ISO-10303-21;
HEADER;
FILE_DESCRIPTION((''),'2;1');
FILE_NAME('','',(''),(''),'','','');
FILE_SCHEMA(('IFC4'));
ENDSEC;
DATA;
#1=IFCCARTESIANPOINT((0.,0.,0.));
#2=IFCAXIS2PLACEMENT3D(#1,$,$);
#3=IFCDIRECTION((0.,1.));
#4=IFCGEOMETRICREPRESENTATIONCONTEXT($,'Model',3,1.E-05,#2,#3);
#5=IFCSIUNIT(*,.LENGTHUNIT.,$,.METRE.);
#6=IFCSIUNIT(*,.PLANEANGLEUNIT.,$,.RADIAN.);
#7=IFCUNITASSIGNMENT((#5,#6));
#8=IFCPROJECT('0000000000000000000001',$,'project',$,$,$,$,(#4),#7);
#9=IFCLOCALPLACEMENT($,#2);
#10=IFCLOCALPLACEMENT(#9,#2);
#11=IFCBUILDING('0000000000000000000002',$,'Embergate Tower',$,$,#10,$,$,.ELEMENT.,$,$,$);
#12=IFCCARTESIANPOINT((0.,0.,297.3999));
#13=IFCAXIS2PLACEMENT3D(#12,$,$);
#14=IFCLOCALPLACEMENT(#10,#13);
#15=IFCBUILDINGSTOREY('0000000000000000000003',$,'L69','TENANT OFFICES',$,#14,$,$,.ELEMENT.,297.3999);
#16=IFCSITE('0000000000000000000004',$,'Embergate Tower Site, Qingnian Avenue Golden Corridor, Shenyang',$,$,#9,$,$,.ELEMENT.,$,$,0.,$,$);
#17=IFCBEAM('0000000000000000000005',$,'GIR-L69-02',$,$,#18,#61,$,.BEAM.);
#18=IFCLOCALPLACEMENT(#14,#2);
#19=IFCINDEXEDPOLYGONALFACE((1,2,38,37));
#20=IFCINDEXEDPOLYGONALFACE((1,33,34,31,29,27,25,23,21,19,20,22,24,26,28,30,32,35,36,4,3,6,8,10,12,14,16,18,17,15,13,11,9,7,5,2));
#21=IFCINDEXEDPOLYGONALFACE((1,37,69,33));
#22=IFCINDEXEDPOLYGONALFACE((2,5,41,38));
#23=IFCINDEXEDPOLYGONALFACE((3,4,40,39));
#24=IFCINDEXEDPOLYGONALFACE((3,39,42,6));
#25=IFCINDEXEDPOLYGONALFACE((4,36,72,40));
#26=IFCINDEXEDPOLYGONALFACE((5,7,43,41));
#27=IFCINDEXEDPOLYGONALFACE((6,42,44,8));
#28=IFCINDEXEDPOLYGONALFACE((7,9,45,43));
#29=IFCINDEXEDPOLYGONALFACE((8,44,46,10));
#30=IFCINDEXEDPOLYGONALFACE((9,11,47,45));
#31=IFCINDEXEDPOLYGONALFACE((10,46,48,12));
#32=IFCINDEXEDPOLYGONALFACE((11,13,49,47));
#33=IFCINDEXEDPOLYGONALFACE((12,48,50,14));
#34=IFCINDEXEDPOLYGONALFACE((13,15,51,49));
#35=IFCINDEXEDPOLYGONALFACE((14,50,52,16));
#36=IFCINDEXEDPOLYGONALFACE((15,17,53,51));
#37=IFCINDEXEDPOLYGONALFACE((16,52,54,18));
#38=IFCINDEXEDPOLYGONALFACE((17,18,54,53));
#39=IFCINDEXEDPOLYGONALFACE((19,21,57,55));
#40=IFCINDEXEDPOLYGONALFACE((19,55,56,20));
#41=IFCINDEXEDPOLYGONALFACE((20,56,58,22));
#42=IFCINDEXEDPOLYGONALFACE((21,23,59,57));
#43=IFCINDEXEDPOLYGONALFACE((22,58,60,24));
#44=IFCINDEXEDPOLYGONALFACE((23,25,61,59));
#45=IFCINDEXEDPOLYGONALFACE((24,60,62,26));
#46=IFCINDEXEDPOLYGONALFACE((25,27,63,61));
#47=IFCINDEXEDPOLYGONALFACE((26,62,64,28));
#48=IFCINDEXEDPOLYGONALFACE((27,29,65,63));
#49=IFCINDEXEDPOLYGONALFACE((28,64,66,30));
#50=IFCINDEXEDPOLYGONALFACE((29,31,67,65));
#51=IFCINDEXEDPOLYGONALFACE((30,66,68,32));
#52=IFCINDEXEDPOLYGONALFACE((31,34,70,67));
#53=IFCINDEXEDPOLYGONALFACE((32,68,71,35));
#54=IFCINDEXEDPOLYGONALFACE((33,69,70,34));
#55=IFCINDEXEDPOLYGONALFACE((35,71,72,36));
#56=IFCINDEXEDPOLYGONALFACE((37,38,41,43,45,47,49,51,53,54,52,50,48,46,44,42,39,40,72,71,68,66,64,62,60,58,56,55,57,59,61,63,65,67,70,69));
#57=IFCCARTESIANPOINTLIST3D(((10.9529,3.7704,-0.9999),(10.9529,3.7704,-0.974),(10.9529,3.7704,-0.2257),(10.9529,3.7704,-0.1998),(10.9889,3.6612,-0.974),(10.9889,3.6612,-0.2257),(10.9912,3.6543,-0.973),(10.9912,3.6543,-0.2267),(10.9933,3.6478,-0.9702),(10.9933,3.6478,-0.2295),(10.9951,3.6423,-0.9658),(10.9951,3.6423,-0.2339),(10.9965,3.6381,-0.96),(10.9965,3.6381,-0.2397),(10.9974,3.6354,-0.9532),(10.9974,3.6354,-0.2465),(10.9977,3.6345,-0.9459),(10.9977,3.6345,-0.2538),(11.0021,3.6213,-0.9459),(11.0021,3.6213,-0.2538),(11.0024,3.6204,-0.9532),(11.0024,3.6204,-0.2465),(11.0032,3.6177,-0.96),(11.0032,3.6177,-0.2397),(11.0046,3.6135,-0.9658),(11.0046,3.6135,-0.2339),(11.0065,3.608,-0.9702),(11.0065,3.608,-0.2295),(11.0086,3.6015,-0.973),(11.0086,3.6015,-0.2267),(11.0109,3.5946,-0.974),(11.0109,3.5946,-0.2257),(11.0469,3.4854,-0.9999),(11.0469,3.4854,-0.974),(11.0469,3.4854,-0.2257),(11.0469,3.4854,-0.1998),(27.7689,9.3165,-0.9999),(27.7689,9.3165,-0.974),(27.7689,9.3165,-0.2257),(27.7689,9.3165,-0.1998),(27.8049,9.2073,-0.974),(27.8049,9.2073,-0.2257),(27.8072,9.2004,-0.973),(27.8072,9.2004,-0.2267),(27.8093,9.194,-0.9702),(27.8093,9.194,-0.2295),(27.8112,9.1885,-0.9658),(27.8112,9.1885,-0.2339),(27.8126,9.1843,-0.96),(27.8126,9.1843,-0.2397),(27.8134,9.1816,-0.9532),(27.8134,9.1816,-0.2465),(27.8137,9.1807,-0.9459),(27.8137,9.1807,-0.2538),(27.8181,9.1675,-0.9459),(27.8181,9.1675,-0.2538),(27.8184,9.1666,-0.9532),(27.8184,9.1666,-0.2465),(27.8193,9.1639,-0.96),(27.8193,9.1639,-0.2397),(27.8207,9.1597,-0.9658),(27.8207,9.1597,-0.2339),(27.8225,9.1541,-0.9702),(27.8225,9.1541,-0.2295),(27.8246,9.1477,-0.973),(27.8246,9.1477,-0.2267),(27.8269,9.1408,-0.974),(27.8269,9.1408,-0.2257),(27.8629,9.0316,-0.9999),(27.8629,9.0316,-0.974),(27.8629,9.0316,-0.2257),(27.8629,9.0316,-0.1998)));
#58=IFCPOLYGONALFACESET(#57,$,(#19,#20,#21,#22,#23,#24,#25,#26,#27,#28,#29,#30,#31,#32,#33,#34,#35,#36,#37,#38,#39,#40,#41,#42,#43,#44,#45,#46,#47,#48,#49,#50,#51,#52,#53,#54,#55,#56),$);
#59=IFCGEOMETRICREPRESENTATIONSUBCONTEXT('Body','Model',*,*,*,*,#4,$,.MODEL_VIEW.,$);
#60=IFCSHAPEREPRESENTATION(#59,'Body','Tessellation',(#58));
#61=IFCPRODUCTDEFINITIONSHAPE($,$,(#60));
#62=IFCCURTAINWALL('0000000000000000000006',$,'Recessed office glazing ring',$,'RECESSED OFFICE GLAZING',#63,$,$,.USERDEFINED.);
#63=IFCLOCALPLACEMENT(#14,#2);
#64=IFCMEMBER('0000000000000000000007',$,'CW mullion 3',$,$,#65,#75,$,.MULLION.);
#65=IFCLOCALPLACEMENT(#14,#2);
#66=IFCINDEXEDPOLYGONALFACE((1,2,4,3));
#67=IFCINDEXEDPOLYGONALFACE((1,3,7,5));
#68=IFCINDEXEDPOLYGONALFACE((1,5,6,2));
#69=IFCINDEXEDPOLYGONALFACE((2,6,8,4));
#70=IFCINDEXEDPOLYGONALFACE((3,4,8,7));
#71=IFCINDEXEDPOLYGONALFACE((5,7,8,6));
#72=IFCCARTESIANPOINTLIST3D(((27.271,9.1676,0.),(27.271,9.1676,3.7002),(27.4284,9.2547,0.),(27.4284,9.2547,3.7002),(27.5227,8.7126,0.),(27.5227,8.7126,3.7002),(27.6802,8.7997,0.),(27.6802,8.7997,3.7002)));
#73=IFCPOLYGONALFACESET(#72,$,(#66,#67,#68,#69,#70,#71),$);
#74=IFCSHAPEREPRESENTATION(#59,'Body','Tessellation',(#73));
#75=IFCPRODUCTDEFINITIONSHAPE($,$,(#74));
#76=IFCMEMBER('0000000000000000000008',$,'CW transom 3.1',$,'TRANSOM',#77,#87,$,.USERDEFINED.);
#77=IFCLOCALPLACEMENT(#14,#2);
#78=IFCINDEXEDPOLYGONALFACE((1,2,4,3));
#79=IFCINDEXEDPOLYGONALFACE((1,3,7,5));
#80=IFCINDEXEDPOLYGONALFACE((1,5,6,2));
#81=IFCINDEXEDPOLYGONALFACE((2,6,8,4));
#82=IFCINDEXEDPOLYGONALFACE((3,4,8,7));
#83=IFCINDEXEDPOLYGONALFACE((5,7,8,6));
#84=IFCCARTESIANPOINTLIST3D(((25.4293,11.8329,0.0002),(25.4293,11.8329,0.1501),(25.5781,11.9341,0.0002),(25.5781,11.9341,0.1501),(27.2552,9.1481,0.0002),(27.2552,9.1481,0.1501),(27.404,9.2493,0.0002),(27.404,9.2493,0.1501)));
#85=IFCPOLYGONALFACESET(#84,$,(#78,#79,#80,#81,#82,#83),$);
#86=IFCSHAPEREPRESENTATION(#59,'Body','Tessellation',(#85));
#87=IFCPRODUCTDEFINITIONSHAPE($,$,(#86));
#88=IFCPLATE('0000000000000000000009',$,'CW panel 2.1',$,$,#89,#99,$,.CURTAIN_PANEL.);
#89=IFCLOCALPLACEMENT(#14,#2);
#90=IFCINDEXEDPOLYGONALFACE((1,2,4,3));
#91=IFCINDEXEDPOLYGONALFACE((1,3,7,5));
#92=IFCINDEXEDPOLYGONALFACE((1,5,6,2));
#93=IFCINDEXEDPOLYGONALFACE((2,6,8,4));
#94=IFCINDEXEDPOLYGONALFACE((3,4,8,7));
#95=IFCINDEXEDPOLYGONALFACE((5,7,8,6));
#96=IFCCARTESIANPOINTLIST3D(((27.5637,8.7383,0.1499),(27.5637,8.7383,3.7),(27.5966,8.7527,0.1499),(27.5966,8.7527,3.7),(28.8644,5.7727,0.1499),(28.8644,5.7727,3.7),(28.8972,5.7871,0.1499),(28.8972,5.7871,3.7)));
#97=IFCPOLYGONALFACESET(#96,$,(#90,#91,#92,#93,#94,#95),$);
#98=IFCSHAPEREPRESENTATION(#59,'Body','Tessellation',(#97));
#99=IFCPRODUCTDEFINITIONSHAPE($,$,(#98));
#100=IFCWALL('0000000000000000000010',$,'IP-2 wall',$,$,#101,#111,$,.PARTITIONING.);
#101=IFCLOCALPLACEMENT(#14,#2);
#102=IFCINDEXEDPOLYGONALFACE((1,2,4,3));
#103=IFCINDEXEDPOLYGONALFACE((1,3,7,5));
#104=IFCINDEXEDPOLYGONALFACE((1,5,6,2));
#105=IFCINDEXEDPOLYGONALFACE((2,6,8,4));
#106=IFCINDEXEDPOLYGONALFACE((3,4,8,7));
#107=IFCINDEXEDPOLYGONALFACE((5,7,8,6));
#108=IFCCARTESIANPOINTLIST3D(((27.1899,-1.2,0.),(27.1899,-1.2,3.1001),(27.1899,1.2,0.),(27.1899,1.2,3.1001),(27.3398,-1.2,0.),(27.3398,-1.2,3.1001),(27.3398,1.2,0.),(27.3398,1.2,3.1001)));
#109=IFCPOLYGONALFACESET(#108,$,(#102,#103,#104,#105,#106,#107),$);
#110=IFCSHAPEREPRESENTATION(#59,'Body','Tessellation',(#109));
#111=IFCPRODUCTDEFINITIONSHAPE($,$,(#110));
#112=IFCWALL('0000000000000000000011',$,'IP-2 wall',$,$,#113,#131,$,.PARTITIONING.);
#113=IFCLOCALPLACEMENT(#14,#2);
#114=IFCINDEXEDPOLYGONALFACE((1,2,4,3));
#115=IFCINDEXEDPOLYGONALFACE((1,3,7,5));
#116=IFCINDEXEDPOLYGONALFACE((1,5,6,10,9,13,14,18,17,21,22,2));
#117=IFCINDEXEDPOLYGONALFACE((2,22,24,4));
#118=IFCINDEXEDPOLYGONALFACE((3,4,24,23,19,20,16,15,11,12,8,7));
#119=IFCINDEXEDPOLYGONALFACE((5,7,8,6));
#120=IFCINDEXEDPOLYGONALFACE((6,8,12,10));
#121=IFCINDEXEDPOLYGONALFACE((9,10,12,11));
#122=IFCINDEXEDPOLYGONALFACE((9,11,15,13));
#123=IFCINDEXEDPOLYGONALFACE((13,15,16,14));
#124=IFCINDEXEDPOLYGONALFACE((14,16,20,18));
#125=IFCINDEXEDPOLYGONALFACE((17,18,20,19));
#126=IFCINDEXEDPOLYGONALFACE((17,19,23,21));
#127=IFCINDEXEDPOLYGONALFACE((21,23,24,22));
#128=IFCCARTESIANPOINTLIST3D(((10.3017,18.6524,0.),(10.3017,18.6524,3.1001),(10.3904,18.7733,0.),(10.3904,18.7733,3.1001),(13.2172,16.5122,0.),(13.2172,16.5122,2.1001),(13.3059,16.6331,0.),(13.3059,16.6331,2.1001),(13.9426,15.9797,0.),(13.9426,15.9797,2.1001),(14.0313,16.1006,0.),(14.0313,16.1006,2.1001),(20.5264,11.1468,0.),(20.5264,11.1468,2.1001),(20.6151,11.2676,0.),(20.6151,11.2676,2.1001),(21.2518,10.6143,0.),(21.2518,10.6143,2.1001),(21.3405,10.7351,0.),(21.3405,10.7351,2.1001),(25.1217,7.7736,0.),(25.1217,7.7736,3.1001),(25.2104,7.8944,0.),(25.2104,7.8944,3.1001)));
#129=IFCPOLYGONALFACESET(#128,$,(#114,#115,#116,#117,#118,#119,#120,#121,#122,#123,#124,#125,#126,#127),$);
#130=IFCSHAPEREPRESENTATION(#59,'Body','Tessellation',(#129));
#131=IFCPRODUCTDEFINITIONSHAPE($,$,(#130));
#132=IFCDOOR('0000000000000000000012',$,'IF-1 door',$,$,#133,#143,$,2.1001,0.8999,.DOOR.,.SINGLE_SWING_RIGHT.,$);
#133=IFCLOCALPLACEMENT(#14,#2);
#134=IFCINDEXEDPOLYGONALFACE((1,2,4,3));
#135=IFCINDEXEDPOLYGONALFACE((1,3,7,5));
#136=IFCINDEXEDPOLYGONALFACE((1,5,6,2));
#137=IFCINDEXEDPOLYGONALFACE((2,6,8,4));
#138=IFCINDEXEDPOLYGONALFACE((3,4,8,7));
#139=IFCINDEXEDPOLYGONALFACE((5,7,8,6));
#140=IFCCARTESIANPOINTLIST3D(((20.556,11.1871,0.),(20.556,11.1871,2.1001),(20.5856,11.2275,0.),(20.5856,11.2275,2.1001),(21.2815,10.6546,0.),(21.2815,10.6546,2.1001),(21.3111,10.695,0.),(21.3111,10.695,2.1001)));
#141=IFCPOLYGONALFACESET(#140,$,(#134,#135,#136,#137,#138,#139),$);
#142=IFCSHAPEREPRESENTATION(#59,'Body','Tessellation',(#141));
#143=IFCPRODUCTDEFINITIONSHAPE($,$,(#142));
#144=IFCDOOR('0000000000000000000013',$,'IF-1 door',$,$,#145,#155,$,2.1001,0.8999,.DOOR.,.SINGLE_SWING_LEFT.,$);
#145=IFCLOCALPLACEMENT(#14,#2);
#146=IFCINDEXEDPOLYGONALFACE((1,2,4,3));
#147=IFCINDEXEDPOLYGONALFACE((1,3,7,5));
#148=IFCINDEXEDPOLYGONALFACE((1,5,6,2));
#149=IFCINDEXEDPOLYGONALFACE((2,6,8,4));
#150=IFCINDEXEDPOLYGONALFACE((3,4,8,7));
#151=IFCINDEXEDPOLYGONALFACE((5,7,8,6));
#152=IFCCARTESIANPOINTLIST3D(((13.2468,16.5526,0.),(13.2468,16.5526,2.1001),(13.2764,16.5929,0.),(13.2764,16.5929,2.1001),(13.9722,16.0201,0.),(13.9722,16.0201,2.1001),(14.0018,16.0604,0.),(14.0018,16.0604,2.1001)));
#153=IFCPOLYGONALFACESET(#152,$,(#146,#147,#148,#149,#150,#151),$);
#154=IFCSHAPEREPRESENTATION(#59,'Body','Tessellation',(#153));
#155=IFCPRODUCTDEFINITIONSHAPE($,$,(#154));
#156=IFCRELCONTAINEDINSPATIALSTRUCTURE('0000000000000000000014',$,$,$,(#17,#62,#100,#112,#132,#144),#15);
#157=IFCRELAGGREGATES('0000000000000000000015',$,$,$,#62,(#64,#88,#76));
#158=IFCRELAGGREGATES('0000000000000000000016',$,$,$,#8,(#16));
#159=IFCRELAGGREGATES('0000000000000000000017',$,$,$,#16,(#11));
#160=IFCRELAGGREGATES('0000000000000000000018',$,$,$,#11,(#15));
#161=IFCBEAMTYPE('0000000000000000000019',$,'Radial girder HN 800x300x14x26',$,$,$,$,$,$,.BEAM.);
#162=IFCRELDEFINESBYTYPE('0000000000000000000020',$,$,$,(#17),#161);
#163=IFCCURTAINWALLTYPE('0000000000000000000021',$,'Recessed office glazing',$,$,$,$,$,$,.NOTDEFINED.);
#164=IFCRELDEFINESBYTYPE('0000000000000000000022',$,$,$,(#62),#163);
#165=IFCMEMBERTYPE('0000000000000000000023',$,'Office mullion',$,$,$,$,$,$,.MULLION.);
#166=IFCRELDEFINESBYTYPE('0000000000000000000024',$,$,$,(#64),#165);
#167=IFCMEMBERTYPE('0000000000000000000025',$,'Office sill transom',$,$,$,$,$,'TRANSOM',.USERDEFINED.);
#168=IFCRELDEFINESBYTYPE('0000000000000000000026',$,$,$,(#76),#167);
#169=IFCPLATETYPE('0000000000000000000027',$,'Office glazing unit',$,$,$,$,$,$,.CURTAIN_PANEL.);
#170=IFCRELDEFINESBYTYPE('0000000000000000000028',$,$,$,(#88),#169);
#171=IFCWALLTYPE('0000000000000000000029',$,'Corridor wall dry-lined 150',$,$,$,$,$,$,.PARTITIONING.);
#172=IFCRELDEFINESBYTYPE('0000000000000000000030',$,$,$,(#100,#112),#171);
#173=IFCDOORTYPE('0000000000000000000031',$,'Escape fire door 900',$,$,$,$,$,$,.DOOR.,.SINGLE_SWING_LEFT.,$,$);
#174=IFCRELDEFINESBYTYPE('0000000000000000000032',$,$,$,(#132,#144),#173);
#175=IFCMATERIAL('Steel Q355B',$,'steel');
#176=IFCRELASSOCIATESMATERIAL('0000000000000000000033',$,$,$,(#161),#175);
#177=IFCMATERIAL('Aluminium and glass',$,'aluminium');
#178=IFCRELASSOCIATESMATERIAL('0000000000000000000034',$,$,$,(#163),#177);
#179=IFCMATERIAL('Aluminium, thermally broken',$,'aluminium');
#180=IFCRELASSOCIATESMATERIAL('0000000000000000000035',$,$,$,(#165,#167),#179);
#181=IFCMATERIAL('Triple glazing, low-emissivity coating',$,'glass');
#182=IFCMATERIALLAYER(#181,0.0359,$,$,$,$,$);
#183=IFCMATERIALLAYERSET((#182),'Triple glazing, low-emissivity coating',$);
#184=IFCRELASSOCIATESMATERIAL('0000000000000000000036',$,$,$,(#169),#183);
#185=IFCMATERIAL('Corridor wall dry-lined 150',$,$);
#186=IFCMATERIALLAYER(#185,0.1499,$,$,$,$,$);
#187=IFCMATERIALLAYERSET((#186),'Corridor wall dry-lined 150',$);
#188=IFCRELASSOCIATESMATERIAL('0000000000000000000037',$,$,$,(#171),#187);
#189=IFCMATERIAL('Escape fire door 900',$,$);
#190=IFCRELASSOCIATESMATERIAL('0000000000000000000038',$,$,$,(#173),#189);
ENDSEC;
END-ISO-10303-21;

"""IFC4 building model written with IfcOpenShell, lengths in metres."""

from ifc_helpers import new_model, si_unit, direction, frame, frame_2d, origin, origin_2d, place, context, subcontext, project, spatial, rectangle, i_section, extrude, source, transform, mapped, material, layer, layer_set, material_profile, profile_set, type_object, element, fill, aggregate, save


model = new_model("IFC4")

# Units and contexts
model_context = context("Model", 3, precision=1e-05, world=origin(), true_north=direction((0.0, 1.0)))
body_context = subcontext(model_context, "Body", "Model", "MODEL_VIEW")
ifc_project = project(units=[si_unit("LENGTHUNIT", "METRE"), si_unit("PLANEANGLEUNIT", "RADIAN")], contexts=[model_context])

# Site, building, storey
site_placement = place(None, origin())
site = spatial("IfcSite", under=ifc_project, at=site_placement, Name="Embergate Tower Site, Qingnian Avenue Golden Corridor, Shenyang", CompositionType="ELEMENT", RefElevation=0.0)
building_placement = place(site_placement, origin())
building = spatial("IfcBuilding", under=site, at=building_placement, Name="Embergate Tower", CompositionType="ELEMENT")
storey_placement = place(building_placement, frame((0.0, 0.0, 297.3999)))
storey = spatial("IfcBuildingStorey", under=building, at=storey_placement, Name="L69", Description="TENANT OFFICES", CompositionType="ELEMENT", Elevation=297.3999)

# Beam
ifc_material_1 = material(Name="Steel Q355B", Category="steel")
ifc_material_profile_1 = material_profile(ifc_material_1, i_section(OverallWidth=0.3, OverallDepth=0.8, WebThickness=0.0139, FlangeThickness=0.0259, FilletRadius=0.0281, at=origin_2d()), Name="HN 800x300x14x26")
ifc_profile_set_1 = profile_set([ifc_material_profile_1], Name="Steel Q355 grade B")
beam_type = type_object("IfcBeamType", Name="Radial girder HN 800x300x14x26", PredefinedType="BEAM", material=ifc_profile_set_1)
shared_shape_1 = source(origin(), body_context, "Body", "SweptSolid", [
    extrude(i_section(OverallWidth=0.3, OverallDepth=0.8, WebThickness=0.0139, FlangeThickness=0.0259, FilletRadius=0.0281, at=origin_2d()), origin(), (0.0, 0.0, 1.0), 17.707),
])
beam_placement = place(storey_placement, frame((27.8159, 9.1741, -0.5999), z_axis=(-0.949681, -0.313219, 0.0), x_axis=(0.313219, -0.949681, 0.0)))
element("IfcBeam", 1, at=beam_placement, inside=storey, type_object=beam_type, Name="GIR-L69-02", PredefinedType="BEAM", context=body_context, shape_type="MappedRepresentation", body=[
    mapped(shared_shape_1, transform((0.0, 0.0, 0.0))),
])

# Curtain wall, members, plate
ifc_material_2 = material(Name="Aluminium and glass", Category="aluminium")
curtain_wall_type = type_object("IfcCurtainWallType", Name="Recessed office glazing", PredefinedType="NOTDEFINED", material=ifc_material_2)
curtain_wall_placement = place(storey_placement, origin())
curtain_wall = element("IfcCurtainWall", 2, at=curtain_wall_placement, inside=storey, type_object=curtain_wall_type, Name="Recessed office glazing ring", ObjectType="RECESSED OFFICE GLAZING", PredefinedType="USERDEFINED")
ifc_material_3 = material(Name="Aluminium, thermally broken", Category="aluminium")
ifc_material_profile_2 = material_profile(ifc_material_3, rectangle(XDim=0.1799, YDim=0.52, at=origin_2d()), Name="AL 520x180")
ifc_profile_set_2 = profile_set([ifc_material_profile_2], Name="Aluminium, thermally broken")
member_type_1 = type_object("IfcMemberType", Name="Office mullion", PredefinedType="MULLION", material=ifc_profile_set_2)
shared_shape_2 = source(origin(), body_context, "Body", "SweptSolid", [
    extrude(rectangle(XDim=0.1799, YDim=0.52, at=origin_2d()), origin(), (0.0, 0.0, 1.0), 3.7002),
])
member_1_placement = place(storey_placement, frame((27.4756, 8.9836, 0.0), z_axis=(0.0, 0.0, 1.0), x_axis=(-0.874993, -0.484135, 0.0)))
member_1 = element("IfcMember", 3, at=member_1_placement, type_object=member_type_1, Name="CW mullion 3", PredefinedType="MULLION", context=body_context, shape_type="MappedRepresentation", body=[
    mapped(shared_shape_2, transform((0.0, 0.0, 0.0))),
])
ifc_material_profile_3 = material_profile(ifc_material_3, rectangle(XDim=0.1799, YDim=0.1499, at=origin_2d()), Name="AL 150x180")
ifc_profile_set_3 = profile_set([ifc_material_profile_3], Name="Aluminium, thermally broken")
member_type_2 = type_object("IfcMemberType", Name="Office sill transom", ElementType="TRANSOM", PredefinedType="USERDEFINED", material=ifc_profile_set_3)
shared_shape_3 = source(origin(), body_context, "Body", "SweptSolid", [
    extrude(rectangle(XDim=0.1799, YDim=0.1499, at=origin_2d()), origin(), (0.0, 0.0, 1.0), 3.2468),
])
member_2_placement = place(storey_placement, frame((27.3296, 9.1987, 0.0752), z_axis=(-0.562363, 0.82689, 0.0), x_axis=(-0.82689, -0.562363, 0.0)))
member_2 = element("IfcMember", 4, at=member_2_placement, type_object=member_type_2, Name="CW transom 3.1", ObjectType="TRANSOM", PredefinedType="USERDEFINED", context=body_context, shape_type="MappedRepresentation", body=[
    mapped(shared_shape_3, transform((0.0, 0.0, 0.0))),
])
ifc_material_4 = material(Name="Triple glazing, low-emissivity coating", Category="glass")
ifc_layer_1 = layer(ifc_material_4, 0.0359)
ifc_layer_set_1 = layer_set([ifc_layer_1], Name="Triple glazing, low-emissivity coating")
plate_type = type_object("IfcPlateType", Name="Office glazing unit", PredefinedType="CURTAIN_PANEL", material=ifc_layer_set_1)
shared_shape_4 = source(origin(), body_context, "Body", "SweptSolid", [
    extrude(rectangle(XDim=3.2383, YDim=0.0359, at=origin_2d()), origin(), (0.0, 0.0, 1.0), 3.55),
])
plate_placement = place(storey_placement, frame((28.2305, 7.2627, 0.1499), z_axis=(0.0, 0.0, 1.0), x_axis=(-0.401654, 0.915792, 0.0)))
plate = element("IfcPlate", 5, at=plate_placement, type_object=plate_type, Name="CW panel 2.1", PredefinedType="CURTAIN_PANEL", context=body_context, shape_type="MappedRepresentation", body=[
    mapped(shared_shape_4, transform((0.0, 0.0, 0.0))),
])
aggregate(curtain_wall, [member_1, plate, member_2])

# Wall
ifc_material_5 = material(Name="Corridor wall dry-lined 150")
ifc_layer_2 = layer(ifc_material_5, 0.1499)
ifc_layer_set_2 = layer_set([ifc_layer_2], Name="Corridor wall dry-lined 150")
wall_type_1 = type_object("IfcWallType", Name="Corridor wall dry-lined 150", PredefinedType="PARTITIONING", material=ifc_layer_set_2)
shared_shape_5 = source(origin(), body_context, "Body", "SweptSolid", [
    extrude(rectangle(XDim=2.3999, YDim=0.1499, at=frame_2d((1.2, 0.0))), origin(), (0.0, 0.0, 1.0), 3.1001),
])
wall_1_placement = place(storey_placement, frame((27.2649, 1.2, 0.0), z_axis=(0.0, 0.0, 1.0), x_axis=(0.0, -1.0, 0.0)))
element("IfcWall", 6, at=wall_1_placement, inside=storey, type_object=wall_type_1, Name="IP-2 wall", PredefinedType="PARTITIONING", context=body_context, shape_type="MappedRepresentation", body=[
    mapped(shared_shape_5, transform((0.0, 0.0, 0.0))),
])

# Wall, openings, doors
shared_shape_6 = source(origin(), body_context, "Body", "SweptSolid", [
    extrude(rectangle(XDim=18.3843, YDim=0.1499, at=frame_2d((9.1921, 0.0))), origin(), (0.0, 0.0, 1.0), 3.1001),
])
wall_2_placement = place(storey_placement, frame((25.166, 7.834, 0.0), z_axis=(0.0, 0.0, 1.0), x_axis=(-0.806123, 0.591748, 0.0)))
wall_2 = element("IfcWall", 7, at=wall_2_placement, inside=storey, type_object=wall_type_1, Name="IP-2 wall", PredefinedType="PARTITIONING", context=body_context, shape_type="MappedRepresentation", body=[
    mapped(shared_shape_6, transform((0.0, 0.0, 0.0))),
])
shared_shape_7 = source(origin(), body_context, "Body", "SweptSolid", [
    extrude(rectangle(XDim=0.8999, YDim=2.1001, at=frame_2d((0.45, 1.05))), frame((0.0, 0.085, 0.0), z_axis=(0.0, -1.0, 0.0), x_axis=(1.0, 0.0, 0.0)), (0.0, 0.0, 1.0), 0.1699),
])
opening_1_placement = place(wall_2_placement, frame((4.8005, 0.0, 0.0)))
opening_1 = element("IfcOpeningElement", 8, at=opening_1_placement, cuts=wall_2, PredefinedType="OPENING", context=body_context, shape_type="MappedRepresentation", body=[
    mapped(shared_shape_7, transform((0.0, 0.0, 0.0))),
])
opening_2_placement = place(wall_2_placement, frame((13.8677, 0.0, 0.0)))
opening_2 = element("IfcOpeningElement", 9, at=opening_2_placement, cuts=wall_2, PredefinedType="OPENING", context=body_context, shape_type="MappedRepresentation", body=[
    mapped(shared_shape_7, transform((0.0, 0.0, 0.0))),
])
ifc_material_6 = material(Name="Escape fire door 900")
door_type_1 = type_object("IfcDoorType", Name="Escape fire door 900", OperationType="SINGLE_SWING_LEFT", PredefinedType="DOOR", material=ifc_material_6)
shared_shape_8 = source(origin(), body_context, "Body", "SweptSolid", [
    extrude(rectangle(XDim=0.8999, YDim=2.1001, at=frame_2d((0.45, 1.05))), frame((0.0, 0.0249, 0.0), z_axis=(0.0, -1.0, 0.0), x_axis=(1.0, 0.0, 0.0)), (0.0, 0.0, 1.0), 0.05),
])
door_1_placement = place(opening_1_placement, origin())
door_1 = element("IfcDoor", 10, at=door_1_placement, inside=storey, type_object=door_type_1, Name="IF-1 door", OperationType="SINGLE_SWING_RIGHT", OverallHeight=2.1001, OverallWidth=0.8999, PredefinedType="DOOR", context=body_context, shape_type="MappedRepresentation", body=[
    mapped(shared_shape_8, transform((0.0, 0.0, 0.0))),
])
fill(opening_1, door_1)
door_2_placement = place(opening_2_placement, origin())
door_2 = element("IfcDoor", 11, at=door_2_placement, inside=storey, type_object=door_type_1, Name="IF-1 door", OperationType="SINGLE_SWING_LEFT", OverallHeight=2.1001, OverallWidth=0.8999, PredefinedType="DOOR", context=body_context, shape_type="MappedRepresentation", body=[
    mapped(shared_shape_8, transform((0.0, 0.0, 0.0))),
])
fill(opening_2, door_2)

save(model, "model.ifc")
